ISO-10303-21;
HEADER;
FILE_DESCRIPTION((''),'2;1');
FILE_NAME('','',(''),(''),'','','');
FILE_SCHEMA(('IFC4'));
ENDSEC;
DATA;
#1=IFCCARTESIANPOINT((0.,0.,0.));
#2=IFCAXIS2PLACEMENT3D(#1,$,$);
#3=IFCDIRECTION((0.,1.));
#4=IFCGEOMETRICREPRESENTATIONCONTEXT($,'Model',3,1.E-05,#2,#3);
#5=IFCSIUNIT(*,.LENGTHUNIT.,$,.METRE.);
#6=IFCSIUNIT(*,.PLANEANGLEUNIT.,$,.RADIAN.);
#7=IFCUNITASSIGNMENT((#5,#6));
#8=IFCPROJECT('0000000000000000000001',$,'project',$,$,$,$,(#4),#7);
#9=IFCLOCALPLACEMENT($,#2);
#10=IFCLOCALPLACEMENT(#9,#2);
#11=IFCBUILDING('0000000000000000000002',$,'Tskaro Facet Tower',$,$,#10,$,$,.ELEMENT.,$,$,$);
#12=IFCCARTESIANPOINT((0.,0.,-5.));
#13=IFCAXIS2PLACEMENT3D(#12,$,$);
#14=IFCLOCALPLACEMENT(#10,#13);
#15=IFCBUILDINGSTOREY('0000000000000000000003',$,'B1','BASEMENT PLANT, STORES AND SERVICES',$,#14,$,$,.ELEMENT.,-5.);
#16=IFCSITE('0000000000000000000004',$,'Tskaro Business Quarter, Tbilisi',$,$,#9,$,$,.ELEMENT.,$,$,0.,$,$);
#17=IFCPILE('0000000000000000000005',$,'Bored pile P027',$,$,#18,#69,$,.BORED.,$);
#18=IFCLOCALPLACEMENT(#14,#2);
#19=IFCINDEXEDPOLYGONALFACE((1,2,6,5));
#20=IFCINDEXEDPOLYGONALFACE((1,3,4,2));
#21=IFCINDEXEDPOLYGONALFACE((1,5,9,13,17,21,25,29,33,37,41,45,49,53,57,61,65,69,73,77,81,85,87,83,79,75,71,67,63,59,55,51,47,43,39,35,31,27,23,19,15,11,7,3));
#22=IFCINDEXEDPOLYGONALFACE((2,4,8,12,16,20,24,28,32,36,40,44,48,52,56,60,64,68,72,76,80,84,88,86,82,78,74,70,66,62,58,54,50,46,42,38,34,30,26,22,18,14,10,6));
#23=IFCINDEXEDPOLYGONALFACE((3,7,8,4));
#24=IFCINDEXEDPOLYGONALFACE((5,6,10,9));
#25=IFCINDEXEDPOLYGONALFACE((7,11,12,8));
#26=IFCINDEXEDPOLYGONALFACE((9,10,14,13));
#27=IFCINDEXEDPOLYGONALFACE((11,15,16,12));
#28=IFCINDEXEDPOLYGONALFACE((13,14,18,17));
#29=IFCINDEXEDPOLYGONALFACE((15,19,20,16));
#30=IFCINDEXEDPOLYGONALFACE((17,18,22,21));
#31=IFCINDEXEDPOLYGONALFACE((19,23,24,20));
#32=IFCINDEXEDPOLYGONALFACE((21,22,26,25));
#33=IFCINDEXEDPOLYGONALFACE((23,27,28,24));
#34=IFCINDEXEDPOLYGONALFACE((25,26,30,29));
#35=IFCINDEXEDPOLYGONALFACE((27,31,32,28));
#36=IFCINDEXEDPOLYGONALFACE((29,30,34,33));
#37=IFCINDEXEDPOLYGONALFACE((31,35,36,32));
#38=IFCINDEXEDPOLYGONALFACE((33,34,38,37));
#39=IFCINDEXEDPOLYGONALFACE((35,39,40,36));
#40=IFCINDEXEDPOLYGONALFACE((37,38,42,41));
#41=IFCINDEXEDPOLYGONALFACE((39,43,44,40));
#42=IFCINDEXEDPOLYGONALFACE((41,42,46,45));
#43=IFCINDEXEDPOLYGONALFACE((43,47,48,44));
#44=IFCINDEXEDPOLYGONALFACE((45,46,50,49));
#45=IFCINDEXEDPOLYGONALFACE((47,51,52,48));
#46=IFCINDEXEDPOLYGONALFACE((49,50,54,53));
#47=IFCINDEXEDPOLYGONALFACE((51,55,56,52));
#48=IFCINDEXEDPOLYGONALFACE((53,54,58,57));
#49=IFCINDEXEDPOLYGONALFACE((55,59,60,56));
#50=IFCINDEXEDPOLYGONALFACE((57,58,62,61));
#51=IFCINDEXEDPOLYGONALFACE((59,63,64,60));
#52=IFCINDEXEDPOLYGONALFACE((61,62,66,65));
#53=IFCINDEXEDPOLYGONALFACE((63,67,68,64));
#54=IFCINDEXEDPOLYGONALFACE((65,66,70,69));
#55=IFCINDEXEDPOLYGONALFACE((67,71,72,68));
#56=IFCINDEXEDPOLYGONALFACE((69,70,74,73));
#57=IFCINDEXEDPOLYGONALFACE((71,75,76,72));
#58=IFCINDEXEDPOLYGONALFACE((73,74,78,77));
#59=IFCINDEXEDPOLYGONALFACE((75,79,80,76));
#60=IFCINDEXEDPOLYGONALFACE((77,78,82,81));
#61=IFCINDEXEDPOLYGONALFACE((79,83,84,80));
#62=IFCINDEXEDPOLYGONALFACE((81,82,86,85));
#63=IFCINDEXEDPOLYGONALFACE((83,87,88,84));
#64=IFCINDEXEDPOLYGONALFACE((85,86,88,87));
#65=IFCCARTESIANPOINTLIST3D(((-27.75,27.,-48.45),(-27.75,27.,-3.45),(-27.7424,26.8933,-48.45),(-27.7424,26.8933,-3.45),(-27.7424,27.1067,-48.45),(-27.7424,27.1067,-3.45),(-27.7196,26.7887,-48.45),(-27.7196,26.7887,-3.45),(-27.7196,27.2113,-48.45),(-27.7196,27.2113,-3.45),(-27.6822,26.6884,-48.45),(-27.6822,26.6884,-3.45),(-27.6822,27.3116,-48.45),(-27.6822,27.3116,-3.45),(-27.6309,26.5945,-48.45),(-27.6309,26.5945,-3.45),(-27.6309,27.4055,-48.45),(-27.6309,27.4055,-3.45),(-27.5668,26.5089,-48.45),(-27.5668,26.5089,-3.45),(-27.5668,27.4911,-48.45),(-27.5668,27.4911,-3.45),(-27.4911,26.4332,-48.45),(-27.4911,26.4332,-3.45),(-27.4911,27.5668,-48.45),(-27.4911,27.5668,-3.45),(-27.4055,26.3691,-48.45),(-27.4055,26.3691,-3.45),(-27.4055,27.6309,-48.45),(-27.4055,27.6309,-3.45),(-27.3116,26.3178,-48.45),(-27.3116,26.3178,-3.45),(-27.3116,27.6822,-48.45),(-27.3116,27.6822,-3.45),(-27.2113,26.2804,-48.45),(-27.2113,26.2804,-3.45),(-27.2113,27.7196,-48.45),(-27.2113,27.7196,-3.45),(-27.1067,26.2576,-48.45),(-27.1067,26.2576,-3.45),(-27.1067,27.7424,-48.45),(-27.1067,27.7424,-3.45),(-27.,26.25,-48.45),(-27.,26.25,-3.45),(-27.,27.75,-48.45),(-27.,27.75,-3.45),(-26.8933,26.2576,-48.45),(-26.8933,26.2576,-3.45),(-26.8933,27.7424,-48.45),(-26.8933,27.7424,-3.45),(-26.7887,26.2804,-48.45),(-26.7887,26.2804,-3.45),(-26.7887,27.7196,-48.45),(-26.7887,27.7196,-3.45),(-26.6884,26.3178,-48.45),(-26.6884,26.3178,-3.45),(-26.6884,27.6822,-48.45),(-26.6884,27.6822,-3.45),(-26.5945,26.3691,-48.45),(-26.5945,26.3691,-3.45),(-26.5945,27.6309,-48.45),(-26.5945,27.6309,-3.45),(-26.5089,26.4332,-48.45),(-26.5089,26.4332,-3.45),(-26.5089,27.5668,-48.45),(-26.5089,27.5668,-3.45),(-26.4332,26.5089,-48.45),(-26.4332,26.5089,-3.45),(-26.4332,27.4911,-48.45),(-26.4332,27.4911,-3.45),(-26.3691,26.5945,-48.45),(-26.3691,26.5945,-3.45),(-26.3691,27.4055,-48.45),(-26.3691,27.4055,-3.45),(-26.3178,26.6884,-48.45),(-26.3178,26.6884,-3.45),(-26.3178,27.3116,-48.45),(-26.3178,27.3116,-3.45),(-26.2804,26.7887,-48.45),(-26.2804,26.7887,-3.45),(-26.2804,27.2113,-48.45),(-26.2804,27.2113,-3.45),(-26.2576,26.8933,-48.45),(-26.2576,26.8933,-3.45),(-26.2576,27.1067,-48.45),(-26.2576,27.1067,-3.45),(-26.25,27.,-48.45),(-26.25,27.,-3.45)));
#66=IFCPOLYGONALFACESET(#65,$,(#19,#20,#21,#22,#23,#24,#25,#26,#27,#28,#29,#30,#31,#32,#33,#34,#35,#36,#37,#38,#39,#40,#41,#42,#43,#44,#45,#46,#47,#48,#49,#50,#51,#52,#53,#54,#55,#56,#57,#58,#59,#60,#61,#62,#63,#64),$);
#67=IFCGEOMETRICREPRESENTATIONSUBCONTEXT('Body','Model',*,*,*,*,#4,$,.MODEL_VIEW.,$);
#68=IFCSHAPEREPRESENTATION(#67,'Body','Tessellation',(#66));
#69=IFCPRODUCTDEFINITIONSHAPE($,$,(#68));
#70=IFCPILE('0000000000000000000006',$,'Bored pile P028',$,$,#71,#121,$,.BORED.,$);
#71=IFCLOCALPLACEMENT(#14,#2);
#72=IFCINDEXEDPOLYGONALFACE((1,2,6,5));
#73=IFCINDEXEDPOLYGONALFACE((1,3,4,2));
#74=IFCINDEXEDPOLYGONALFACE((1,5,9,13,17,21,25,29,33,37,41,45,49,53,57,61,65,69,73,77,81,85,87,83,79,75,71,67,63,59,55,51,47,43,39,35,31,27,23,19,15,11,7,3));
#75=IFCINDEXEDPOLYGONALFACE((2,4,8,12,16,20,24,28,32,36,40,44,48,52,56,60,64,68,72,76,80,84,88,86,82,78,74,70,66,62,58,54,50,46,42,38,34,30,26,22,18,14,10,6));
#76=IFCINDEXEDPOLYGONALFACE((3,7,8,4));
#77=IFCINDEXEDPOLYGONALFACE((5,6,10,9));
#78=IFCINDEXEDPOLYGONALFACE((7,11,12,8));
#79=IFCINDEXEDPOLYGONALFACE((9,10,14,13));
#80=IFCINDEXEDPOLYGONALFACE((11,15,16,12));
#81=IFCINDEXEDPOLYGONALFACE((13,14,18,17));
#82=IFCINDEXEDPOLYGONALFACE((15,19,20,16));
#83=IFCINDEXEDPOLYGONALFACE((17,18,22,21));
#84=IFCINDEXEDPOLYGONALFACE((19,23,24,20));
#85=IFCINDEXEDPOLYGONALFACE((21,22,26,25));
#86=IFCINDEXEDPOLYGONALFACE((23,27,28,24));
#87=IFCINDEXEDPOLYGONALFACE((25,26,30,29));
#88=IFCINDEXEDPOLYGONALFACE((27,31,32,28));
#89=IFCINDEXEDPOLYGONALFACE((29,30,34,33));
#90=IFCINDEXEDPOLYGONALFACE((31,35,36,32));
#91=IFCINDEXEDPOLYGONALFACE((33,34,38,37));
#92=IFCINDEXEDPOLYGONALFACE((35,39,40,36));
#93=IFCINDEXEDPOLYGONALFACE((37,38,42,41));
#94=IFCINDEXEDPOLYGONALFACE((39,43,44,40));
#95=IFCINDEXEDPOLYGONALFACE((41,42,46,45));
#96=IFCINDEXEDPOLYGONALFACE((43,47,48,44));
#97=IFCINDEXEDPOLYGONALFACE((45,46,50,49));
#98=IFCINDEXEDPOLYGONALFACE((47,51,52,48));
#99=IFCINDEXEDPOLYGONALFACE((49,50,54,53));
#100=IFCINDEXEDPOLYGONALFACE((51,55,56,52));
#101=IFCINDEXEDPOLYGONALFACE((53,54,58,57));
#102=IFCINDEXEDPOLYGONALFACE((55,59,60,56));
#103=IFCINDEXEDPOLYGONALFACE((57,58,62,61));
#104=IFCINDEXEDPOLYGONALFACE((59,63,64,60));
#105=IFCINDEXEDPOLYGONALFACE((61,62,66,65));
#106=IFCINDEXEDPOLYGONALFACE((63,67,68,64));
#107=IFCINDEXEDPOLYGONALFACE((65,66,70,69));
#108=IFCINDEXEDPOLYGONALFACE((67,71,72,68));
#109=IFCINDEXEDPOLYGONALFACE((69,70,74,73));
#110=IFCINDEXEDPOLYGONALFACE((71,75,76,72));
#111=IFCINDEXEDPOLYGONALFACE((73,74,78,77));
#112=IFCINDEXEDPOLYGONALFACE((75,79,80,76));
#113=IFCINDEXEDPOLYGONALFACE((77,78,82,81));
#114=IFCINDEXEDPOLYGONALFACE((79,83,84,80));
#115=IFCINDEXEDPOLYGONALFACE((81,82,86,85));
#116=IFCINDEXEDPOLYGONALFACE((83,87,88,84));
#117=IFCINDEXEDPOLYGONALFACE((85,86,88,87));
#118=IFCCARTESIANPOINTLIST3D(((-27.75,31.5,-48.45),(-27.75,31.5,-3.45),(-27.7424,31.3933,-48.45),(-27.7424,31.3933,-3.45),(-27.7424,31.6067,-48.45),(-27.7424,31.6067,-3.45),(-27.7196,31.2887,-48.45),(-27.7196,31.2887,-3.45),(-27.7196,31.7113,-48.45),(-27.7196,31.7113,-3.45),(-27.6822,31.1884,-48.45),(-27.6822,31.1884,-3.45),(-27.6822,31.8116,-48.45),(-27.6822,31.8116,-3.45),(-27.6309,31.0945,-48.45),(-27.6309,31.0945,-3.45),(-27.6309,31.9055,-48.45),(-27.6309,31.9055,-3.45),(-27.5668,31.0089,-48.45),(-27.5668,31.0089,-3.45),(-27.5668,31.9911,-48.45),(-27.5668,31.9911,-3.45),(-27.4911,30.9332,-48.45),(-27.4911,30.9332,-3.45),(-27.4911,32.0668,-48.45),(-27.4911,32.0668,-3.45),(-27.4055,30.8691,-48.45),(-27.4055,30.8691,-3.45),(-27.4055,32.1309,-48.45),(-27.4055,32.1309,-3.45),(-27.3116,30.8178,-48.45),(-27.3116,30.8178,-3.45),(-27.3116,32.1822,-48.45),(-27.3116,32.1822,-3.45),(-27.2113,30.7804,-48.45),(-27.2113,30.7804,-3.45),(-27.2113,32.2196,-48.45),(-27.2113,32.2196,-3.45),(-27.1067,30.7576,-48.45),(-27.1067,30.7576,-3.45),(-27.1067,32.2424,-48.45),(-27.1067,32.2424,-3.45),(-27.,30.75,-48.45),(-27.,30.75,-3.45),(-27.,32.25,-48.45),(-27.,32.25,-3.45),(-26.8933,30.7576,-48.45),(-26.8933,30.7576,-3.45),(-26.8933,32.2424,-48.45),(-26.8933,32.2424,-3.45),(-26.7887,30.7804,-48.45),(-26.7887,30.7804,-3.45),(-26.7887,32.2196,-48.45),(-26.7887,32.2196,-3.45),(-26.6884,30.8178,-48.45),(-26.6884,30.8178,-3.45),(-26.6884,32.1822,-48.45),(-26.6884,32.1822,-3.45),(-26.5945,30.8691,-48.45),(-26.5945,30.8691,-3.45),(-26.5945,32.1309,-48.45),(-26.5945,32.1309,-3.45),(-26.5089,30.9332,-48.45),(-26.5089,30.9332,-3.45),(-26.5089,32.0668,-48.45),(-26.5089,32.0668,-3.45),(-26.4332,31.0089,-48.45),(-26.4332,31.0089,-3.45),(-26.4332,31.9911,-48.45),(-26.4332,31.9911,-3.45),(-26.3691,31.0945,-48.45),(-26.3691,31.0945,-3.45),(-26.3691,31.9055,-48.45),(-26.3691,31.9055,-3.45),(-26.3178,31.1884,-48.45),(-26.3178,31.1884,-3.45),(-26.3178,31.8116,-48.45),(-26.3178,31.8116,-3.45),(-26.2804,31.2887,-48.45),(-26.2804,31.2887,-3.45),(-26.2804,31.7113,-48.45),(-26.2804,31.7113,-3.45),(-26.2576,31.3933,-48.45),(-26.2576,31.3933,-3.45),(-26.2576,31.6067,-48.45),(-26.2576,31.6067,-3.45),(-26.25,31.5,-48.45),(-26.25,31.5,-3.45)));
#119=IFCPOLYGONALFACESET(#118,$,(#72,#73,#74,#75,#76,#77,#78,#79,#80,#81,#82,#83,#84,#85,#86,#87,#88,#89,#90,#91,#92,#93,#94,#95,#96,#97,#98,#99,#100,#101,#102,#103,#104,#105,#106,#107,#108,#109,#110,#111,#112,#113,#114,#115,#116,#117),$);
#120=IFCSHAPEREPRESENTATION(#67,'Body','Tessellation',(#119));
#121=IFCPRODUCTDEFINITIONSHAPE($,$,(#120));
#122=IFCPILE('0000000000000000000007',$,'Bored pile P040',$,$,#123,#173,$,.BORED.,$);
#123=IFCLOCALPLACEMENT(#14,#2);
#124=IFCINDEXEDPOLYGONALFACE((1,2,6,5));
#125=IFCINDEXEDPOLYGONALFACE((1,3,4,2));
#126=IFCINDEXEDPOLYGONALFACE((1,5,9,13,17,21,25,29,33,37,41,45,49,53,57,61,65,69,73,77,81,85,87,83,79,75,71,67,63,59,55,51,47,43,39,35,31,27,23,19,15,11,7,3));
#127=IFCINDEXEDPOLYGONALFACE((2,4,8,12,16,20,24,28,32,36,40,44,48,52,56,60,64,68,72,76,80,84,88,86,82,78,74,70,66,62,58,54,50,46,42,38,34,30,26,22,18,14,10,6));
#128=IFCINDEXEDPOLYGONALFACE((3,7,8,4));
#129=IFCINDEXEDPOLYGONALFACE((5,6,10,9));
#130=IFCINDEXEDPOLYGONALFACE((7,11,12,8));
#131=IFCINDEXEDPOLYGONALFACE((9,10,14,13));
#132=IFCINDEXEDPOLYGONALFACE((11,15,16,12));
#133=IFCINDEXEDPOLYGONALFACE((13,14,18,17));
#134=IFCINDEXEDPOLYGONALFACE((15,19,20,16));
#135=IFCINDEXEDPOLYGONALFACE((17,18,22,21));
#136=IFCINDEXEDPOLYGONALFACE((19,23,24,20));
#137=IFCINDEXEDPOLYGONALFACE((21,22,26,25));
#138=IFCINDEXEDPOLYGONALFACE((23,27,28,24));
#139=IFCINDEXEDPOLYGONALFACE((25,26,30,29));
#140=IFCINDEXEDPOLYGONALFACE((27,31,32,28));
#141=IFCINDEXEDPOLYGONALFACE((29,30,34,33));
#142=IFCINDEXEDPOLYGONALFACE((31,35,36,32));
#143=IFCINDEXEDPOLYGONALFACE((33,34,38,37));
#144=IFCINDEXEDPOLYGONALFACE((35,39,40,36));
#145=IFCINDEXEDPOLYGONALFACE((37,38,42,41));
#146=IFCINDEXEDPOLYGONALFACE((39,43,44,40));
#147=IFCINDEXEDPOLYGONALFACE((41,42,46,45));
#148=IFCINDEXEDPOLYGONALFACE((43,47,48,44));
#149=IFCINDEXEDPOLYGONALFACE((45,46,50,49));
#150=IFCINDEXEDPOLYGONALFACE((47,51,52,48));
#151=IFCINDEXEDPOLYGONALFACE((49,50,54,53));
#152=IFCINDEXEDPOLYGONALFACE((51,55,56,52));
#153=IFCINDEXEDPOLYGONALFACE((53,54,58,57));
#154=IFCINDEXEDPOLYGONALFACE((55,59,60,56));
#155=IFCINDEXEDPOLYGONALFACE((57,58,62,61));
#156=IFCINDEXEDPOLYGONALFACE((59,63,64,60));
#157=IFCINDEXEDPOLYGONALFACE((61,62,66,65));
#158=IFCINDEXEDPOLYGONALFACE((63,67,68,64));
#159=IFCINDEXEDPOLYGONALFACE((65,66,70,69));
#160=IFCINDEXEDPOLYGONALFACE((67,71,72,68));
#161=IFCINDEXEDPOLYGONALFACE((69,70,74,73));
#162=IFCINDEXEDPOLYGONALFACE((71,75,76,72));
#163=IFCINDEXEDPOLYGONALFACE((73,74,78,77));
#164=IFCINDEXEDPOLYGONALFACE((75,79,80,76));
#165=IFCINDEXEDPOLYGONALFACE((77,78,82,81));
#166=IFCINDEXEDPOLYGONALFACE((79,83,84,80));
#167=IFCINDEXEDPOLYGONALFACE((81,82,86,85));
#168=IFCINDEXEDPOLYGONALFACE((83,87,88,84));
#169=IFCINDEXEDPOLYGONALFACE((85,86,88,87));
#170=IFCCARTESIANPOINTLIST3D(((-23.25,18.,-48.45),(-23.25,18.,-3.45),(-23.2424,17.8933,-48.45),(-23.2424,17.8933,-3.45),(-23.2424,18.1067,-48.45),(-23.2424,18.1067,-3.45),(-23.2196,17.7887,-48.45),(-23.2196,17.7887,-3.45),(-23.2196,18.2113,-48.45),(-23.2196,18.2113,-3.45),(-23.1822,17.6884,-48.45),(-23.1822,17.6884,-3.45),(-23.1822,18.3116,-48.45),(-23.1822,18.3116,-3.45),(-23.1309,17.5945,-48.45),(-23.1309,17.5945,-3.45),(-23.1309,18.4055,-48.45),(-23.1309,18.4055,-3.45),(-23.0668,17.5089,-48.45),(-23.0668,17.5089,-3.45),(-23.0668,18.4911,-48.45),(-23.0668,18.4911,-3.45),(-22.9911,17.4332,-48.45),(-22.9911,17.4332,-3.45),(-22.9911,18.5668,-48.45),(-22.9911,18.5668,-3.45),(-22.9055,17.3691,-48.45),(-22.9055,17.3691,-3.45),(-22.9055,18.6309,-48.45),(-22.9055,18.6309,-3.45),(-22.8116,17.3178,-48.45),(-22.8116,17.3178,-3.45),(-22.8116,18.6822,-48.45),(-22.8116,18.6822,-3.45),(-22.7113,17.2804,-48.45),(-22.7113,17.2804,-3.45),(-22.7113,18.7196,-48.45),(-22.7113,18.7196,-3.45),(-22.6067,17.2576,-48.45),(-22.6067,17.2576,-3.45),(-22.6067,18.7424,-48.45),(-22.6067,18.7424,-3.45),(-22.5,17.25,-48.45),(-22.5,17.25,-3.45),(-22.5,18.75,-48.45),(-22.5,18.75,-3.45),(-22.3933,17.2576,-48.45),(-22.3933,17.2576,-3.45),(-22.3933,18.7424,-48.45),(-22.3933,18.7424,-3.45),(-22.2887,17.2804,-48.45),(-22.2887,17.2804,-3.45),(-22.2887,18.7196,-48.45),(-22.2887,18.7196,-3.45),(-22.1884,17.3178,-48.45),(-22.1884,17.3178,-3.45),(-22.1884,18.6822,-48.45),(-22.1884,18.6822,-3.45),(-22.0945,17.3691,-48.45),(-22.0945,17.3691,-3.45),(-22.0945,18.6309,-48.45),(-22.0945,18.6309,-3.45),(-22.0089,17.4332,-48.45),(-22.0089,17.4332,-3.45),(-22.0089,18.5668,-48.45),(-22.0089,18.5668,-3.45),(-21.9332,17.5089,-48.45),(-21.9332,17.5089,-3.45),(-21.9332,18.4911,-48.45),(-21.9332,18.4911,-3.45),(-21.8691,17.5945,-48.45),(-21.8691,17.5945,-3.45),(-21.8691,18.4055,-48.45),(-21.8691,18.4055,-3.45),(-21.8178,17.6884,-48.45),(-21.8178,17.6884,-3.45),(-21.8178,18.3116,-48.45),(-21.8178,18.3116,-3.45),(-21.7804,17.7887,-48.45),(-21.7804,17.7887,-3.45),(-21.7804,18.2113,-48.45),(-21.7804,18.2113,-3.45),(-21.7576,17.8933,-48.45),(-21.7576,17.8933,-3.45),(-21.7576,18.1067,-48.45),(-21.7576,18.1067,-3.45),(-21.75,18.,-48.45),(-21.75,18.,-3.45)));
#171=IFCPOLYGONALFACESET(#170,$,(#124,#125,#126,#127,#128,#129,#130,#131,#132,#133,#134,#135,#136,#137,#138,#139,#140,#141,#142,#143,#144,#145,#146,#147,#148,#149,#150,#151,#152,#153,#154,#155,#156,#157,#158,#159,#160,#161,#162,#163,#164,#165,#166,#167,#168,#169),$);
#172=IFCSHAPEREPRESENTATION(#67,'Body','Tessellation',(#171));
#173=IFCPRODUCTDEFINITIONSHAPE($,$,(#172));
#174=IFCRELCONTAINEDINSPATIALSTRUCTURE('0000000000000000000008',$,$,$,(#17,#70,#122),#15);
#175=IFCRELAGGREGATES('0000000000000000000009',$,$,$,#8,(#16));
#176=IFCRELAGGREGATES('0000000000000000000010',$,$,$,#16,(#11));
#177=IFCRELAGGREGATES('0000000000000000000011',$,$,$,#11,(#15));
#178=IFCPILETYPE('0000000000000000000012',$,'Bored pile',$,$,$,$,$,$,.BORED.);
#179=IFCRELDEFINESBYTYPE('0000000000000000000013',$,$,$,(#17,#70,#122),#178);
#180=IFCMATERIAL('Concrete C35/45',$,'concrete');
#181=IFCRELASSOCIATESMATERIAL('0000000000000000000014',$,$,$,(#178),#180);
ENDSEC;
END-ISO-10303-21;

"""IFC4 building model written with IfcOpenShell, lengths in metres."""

from ifc_helpers import new_model, si_unit, direction, frame, origin, origin_2d, place, context, subcontext, project, spatial, circle, extrude, material, material_profile, profile_set, type_object, element, save


model = new_model("IFC4")

# Units and contexts
model_context = context("Model", 3, precision=1e-05, world=origin(), true_north=direction((0.0, 1.0)))
body_context = subcontext(model_context, "Body", "Model", "MODEL_VIEW")
ifc_project = project(units=[si_unit("LENGTHUNIT", "METRE"), si_unit("PLANEANGLEUNIT", "RADIAN")], contexts=[model_context])

# Site, building, storey
site_placement = place(None, origin())
site = spatial("IfcSite", under=ifc_project, at=site_placement, Name="Tskaro Business Quarter, Tbilisi", CompositionType="ELEMENT", RefElevation=0.0)
building_placement = place(site_placement, origin())
building = spatial("IfcBuilding", under=site, at=building_placement, Name="Tskaro Facet Tower", CompositionType="ELEMENT")
storey_placement = place(building_placement, frame((0.0, 0.0, -5.0)))
storey = spatial("IfcBuildingStorey", under=building, at=storey_placement, Name="B1", Description="BASEMENT PLANT, STORES AND SERVICES", CompositionType="ELEMENT", Elevation=-5.0)

# Piles
ifc_material_1 = material(Name="Concrete C35/45", Category="concrete")
ifc_material_profile_1 = material_profile(ifc_material_1, circle(Radius=0.75, at=origin_2d()), Name="Bored pile")
ifc_profile_set_1 = profile_set([ifc_material_profile_1], Name="Concrete C35/45")
pile_type = type_object("IfcPileType", Name="Bored pile", PredefinedType="BORED", material=ifc_profile_set_1)
for number, where, z_axis, x_axis, name in (
    (1, (-27.0, 27.0, -3.45), (0.0, 0.0, -1.0), (1.0, 0.0, 0.0), "Bored pile P027"),
    (2, (-27.0, 31.5, -3.45), (0.0, 0.0, -1.0), (1.0, 0.0, 0.0), "Bored pile P028"),
    (3, (-22.5, 18.0, -3.45), (0.0, 0.0, -1.0), (1.0, 0.0, 0.0), "Bored pile P040"),
):
    element("IfcPile", number, at=place(storey_placement, frame(where, z_axis=z_axis, x_axis=x_axis)), inside=storey, type_object=pile_type, Name=name, PredefinedType="BORED", context=body_context, shape_type="SweptSolid", body=[
        extrude(circle(Radius=0.75, at=origin_2d()), origin(), (0.0, 0.0, 1.0), 45.0),
    ])

save(model, "model.ifc")
